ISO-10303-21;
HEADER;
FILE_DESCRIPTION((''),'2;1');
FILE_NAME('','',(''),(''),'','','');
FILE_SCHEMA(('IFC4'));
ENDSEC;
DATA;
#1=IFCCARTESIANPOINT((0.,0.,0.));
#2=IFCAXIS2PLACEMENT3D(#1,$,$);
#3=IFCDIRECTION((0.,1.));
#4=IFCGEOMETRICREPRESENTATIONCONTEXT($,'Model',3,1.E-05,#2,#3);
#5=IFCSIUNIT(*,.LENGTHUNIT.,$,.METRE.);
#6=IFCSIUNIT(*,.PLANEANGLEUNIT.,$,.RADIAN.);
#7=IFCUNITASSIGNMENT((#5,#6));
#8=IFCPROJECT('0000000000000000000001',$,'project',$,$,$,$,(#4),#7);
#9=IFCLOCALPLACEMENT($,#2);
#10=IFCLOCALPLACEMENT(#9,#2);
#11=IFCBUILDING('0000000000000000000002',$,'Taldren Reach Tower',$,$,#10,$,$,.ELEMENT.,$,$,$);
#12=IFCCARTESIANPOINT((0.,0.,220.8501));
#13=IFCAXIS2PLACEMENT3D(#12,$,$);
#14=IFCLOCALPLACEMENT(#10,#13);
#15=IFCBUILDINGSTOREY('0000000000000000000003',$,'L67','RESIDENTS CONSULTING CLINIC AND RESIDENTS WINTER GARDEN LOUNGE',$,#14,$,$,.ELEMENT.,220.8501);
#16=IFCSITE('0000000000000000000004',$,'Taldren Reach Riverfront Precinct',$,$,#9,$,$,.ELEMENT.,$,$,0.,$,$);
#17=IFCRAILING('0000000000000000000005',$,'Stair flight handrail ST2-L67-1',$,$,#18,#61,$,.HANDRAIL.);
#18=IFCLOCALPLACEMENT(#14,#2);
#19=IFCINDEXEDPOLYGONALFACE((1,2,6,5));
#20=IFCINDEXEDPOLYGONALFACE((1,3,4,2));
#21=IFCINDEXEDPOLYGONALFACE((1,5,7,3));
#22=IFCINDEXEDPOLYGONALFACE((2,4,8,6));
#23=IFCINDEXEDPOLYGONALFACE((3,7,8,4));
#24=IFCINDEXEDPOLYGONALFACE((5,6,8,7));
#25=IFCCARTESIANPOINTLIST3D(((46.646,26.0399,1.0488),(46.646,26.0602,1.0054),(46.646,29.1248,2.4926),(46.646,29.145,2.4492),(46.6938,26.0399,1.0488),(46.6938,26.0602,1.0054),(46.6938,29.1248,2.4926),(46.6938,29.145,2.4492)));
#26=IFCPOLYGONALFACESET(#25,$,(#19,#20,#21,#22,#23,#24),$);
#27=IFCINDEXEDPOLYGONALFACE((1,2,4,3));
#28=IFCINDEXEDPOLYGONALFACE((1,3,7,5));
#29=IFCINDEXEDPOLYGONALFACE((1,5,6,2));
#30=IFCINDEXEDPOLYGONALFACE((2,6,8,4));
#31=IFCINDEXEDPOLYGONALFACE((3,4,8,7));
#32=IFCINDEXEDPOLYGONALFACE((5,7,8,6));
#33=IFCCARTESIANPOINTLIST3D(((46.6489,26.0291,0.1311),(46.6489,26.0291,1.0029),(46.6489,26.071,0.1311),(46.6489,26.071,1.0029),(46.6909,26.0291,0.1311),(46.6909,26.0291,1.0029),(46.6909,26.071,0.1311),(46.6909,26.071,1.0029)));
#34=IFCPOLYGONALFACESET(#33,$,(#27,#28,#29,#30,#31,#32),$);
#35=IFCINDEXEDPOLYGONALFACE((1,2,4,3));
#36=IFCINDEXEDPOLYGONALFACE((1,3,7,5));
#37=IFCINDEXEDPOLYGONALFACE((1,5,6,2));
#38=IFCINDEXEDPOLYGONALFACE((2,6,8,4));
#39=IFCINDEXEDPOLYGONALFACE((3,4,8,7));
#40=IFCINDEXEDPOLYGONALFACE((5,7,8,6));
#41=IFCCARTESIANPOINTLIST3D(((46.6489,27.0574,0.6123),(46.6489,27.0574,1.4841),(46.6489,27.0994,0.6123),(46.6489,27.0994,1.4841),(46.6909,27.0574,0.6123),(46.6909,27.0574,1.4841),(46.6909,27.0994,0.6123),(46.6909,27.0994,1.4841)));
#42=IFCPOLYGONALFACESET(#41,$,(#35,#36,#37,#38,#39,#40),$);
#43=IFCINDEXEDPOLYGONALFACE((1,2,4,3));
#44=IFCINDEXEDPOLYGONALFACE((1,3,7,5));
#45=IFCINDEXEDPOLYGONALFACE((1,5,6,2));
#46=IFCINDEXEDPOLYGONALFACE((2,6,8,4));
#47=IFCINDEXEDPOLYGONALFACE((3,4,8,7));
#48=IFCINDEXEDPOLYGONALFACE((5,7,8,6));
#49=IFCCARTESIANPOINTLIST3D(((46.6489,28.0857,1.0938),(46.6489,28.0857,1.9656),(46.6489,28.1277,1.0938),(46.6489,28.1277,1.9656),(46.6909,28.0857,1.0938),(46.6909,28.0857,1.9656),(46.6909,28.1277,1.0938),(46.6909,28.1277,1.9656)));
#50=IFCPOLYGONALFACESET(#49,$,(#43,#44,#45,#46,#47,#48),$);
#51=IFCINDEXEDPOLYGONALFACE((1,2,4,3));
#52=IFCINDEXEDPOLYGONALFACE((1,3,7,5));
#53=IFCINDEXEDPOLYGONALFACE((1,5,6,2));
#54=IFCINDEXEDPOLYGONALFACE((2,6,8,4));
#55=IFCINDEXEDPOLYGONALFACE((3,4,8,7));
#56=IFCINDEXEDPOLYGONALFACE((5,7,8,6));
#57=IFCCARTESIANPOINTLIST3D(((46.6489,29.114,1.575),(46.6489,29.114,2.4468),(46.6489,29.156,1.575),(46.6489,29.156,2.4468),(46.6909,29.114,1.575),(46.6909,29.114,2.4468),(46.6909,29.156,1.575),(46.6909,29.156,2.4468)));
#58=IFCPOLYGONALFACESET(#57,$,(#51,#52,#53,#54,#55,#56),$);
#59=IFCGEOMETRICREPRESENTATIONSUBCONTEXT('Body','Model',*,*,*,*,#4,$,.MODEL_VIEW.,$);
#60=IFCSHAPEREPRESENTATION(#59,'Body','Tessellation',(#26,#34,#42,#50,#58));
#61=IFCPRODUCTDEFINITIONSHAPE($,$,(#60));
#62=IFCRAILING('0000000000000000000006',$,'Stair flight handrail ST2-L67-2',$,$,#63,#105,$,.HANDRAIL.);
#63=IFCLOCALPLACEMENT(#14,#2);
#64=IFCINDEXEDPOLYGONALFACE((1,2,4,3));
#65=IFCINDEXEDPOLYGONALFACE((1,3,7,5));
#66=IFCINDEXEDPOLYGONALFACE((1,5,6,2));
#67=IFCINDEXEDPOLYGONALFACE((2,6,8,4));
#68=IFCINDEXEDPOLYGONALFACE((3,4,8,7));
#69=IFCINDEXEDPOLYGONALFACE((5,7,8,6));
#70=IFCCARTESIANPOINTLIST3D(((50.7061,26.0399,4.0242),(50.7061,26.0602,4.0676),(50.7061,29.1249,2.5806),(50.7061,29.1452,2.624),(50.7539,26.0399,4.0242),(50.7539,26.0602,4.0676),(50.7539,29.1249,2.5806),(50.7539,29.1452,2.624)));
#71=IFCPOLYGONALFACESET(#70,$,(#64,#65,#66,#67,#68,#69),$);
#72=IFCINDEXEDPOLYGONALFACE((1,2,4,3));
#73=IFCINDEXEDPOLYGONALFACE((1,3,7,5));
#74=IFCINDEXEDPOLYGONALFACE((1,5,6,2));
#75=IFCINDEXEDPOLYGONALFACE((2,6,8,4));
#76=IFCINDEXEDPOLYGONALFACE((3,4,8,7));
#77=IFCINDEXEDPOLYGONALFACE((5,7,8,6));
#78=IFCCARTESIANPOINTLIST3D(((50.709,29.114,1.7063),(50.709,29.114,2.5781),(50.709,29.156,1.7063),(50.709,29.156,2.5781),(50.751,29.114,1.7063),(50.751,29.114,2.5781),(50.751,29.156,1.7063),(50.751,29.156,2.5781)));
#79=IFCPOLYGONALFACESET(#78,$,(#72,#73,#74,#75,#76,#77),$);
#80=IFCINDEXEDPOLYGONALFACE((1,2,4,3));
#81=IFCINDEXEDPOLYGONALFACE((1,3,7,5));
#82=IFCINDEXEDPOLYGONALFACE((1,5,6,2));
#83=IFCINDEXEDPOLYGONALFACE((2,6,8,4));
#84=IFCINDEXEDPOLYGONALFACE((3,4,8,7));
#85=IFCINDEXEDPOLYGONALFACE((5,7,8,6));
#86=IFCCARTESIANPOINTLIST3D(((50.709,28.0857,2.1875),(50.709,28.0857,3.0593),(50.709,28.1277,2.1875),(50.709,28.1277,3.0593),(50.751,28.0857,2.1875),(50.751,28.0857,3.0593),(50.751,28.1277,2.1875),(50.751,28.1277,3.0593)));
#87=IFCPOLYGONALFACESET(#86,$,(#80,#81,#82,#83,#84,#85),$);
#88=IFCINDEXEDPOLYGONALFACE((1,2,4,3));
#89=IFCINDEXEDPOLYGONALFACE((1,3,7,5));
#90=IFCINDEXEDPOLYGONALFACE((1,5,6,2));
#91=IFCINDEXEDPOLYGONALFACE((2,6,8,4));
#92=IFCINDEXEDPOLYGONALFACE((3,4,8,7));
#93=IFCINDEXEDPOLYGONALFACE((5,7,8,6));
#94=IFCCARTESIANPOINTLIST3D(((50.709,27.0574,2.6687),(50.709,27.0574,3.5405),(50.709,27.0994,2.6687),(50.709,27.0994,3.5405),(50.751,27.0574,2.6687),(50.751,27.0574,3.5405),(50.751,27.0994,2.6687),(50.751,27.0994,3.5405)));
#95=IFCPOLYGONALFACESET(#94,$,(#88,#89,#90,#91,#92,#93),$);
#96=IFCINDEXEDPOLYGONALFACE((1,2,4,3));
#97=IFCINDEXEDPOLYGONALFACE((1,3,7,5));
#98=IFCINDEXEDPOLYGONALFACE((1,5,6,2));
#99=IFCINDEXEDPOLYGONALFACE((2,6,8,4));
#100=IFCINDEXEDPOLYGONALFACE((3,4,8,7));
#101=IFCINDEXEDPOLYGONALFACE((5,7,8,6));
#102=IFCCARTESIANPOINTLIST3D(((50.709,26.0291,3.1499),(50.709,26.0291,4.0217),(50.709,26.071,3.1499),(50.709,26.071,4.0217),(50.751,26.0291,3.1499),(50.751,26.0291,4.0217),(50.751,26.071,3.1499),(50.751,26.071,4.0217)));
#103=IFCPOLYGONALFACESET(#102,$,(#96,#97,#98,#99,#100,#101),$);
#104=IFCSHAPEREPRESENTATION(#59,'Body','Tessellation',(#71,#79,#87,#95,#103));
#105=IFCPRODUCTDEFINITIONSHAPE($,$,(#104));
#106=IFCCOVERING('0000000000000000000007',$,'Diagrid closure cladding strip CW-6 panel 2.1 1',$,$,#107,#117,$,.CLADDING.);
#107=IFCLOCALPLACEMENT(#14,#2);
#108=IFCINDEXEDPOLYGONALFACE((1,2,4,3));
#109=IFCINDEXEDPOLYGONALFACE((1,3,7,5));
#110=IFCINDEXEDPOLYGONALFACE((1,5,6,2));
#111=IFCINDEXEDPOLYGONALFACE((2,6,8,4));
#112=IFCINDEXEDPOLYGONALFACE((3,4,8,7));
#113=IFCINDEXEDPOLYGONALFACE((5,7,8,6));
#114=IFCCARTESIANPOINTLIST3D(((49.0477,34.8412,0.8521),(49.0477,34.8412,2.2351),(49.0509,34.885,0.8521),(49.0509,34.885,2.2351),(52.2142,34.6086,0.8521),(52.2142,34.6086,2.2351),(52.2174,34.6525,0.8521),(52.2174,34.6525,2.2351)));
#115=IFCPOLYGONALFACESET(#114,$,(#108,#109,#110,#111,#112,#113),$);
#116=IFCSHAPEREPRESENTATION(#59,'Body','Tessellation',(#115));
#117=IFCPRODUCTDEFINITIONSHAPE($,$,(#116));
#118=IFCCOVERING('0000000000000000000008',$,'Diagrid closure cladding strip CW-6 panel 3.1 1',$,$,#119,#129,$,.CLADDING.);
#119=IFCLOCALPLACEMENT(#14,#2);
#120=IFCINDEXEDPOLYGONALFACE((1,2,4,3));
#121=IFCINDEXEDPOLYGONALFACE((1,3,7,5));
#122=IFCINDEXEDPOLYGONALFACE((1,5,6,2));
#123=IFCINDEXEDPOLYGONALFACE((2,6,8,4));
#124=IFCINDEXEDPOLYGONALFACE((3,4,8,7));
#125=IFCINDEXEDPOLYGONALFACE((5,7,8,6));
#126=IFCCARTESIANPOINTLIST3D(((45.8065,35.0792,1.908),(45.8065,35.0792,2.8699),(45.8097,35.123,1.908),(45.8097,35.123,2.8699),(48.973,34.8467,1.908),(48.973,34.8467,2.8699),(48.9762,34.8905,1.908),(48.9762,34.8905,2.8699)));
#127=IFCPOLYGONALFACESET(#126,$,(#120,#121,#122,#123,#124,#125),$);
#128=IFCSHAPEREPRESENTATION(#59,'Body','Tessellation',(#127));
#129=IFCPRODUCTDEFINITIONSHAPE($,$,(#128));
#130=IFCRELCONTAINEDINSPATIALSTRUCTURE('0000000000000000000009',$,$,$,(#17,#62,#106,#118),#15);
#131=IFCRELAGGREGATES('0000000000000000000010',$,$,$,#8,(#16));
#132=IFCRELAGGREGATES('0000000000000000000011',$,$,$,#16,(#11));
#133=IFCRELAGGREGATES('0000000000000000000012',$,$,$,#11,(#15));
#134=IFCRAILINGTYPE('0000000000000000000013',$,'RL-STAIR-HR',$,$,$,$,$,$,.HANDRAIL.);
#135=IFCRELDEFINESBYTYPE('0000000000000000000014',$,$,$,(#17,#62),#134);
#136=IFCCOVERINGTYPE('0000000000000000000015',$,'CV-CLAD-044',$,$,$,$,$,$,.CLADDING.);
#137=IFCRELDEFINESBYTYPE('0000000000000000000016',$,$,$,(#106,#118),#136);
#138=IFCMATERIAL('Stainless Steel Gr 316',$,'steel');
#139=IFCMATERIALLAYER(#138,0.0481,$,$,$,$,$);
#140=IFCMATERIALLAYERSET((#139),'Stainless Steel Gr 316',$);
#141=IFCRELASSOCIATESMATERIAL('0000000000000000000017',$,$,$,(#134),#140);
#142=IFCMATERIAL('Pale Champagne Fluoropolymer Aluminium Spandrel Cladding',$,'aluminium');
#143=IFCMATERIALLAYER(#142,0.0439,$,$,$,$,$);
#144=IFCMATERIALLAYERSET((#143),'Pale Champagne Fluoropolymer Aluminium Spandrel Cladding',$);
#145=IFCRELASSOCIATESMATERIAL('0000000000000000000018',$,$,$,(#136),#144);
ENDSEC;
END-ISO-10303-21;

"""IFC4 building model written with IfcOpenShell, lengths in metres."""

from ifc_helpers import new_model, si_unit, direction, frame, origin, origin_2d, place, context, subcontext, project, spatial, rectangle, extrude, source, transform, mapped, material, layer, layer_set, type_object, element, save


model = new_model("IFC4")

# Units and contexts
model_context = context("Model", 3, precision=1e-05, world=origin(), true_north=direction((0.0, 1.0)))
body_context = subcontext(model_context, "Body", "Model", "MODEL_VIEW")
ifc_project = project(units=[si_unit("LENGTHUNIT", "METRE"), si_unit("PLANEANGLEUNIT", "RADIAN")], contexts=[model_context])

# Site, building, storey
site_placement = place(None, origin())
site = spatial("IfcSite", under=ifc_project, at=site_placement, Name="Taldren Reach Riverfront Precinct", CompositionType="ELEMENT", RefElevation=0.0)
building_placement = place(site_placement, origin())
building = spatial("IfcBuilding", under=site, at=building_placement, Name="Taldren Reach Tower", CompositionType="ELEMENT")
storey_placement = place(building_placement, frame((0.0, 0.0, 220.8501)))
storey = spatial("IfcBuildingStorey", under=building, at=storey_placement, Name="L67", Description="RESIDENTS CONSULTING CLINIC AND RESIDENTS WINTER GARDEN LOUNGE", CompositionType="ELEMENT", Elevation=220.8501)

# Railings
ifc_material_1 = material(Name="Stainless Steel Gr 316", Category="steel")
ifc_layer_1 = layer(ifc_material_1, 0.0481)
ifc_layer_set_1 = layer_set([ifc_layer_1], Name="Stainless Steel Gr 316")
railing_type_1 = type_object("IfcRailingType", Name="RL-STAIR-HR", PredefinedType="HANDRAIL", material=ifc_layer_set_1)
railing_1_placement = place(storey_placement, frame((46.6699, 26.05, 0.1311)))
element("IfcRailing", 1, at=railing_1_placement, inside=storey, type_object=railing_type_1, Name="Stair flight handrail ST2-L67-1", PredefinedType="HANDRAIL", context=body_context, shape_type="SweptSolid", body=[
    extrude(rectangle(XDim=0.0479, YDim=0.0479, at=origin_2d()), frame((0.0, 0.0, 0.896), z_axis=(0.0, 0.90571, 0.423898), x_axis=(-1.0, 0.0, 0.0)), (0.0, 0.0, 1.0), 3.406),
    extrude(rectangle(XDim=0.042, YDim=0.042, at=origin_2d()), origin(), (0.0, 0.0, 1.0), 0.8718),
    extrude(rectangle(XDim=0.042, YDim=0.042, at=origin_2d()), frame((0.0, 1.0283, 0.4812)), (0.0, 0.0, 1.0), 0.8718),
    extrude(rectangle(XDim=0.042, YDim=0.042, at=origin_2d()), frame((0.0, 2.0566, 0.9626)), (0.0, 0.0, 1.0), 0.8718),
    extrude(rectangle(XDim=0.042, YDim=0.042, at=origin_2d()), frame((0.0, 3.085, 1.4438)), (0.0, 0.0, 1.0), 0.8718),
])
railing_2_placement = place(storey_placement, frame((50.73, 29.135, 1.7063)))
element("IfcRailing", 2, at=railing_2_placement, inside=storey, type_object=railing_type_1, Name="Stair flight handrail ST2-L67-2", PredefinedType="HANDRAIL", context=body_context, shape_type="SweptSolid", body=[
    extrude(rectangle(XDim=0.0479, YDim=0.0479, at=origin_2d()), frame((0.0, 0.0, 0.896), z_axis=(0.0, -0.905738, 0.423839), x_axis=(1.0, 0.0, 0.0)), (0.0, 0.0, 1.0), 3.406),
    extrude(rectangle(XDim=0.042, YDim=0.042, at=origin_2d()), origin(), (0.0, 0.0, 1.0), 0.8718),
    extrude(rectangle(XDim=0.042, YDim=0.042, at=origin_2d()), frame((0.0, -1.0283, 0.4812)), (0.0, 0.0, 1.0), 0.8718),
    extrude(rectangle(XDim=0.042, YDim=0.042, at=origin_2d()), frame((0.0, -2.0566, 0.9624)), (0.0, 0.0, 1.0), 0.8718),
    extrude(rectangle(XDim=0.042, YDim=0.042, at=origin_2d()), frame((0.0, -3.085, 1.4436)), (0.0, 0.0, 1.0), 0.8718),
])

# Coverings
ifc_material_2 = material(Name="Pale Champagne Fluoropolymer Aluminium Spandrel Cladding", Category="aluminium")
ifc_layer_2 = layer(ifc_material_2, 0.0439)
ifc_layer_set_2 = layer_set([ifc_layer_2], Name="Pale Champagne Fluoropolymer Aluminium Spandrel Cladding")
covering_type = type_object("IfcCoveringType", Name="CV-CLAD-044", PredefinedType="CLADDING", material=ifc_layer_set_2)
shared_shape_1 = source(origin(), body_context, "Body", "SweptSolid", [
    extrude(rectangle(XDim=3.175, YDim=0.0439, at=origin_2d()), origin(), (0.0, 0.0, 1.0), 1.3831),
])
covering_1_placement = place(storey_placement, frame((50.6326, 34.7468, 0.8521), z_axis=(0.0, 0.0, 1.0), x_axis=(-0.997314, 0.073238, 0.0)))
element("IfcCovering", 3, at=covering_1_placement, inside=storey, type_object=covering_type, Name="Diagrid closure cladding strip CW-6 panel 2.1 1", PredefinedType="CLADDING", context=body_context, shape_type="MappedRepresentation", body=[
    mapped(shared_shape_1, transform((0.0, 0.0, 0.0), scale=1.0)),
])
shared_shape_2 = source(origin(), body_context, "Body", "SweptSolid", [
    extrude(rectangle(XDim=3.175, YDim=0.0439, at=origin_2d()), origin(), (0.0, 0.0, 1.0), 0.9619),
])
covering_2_placement = place(storey_placement, frame((47.3914, 34.9849, 1.908), z_axis=(0.0, 0.0, 1.0), x_axis=(-0.997314, 0.073238, 0.0)))
element("IfcCovering", 4, at=covering_2_placement, inside=storey, type_object=covering_type, Name="Diagrid closure cladding strip CW-6 panel 3.1 1", PredefinedType="CLADDING", context=body_context, shape_type="MappedRepresentation", body=[
    mapped(shared_shape_2, transform((0.0, 0.0, 0.0), scale=1.0)),
])

save(model, "model.ifc")
